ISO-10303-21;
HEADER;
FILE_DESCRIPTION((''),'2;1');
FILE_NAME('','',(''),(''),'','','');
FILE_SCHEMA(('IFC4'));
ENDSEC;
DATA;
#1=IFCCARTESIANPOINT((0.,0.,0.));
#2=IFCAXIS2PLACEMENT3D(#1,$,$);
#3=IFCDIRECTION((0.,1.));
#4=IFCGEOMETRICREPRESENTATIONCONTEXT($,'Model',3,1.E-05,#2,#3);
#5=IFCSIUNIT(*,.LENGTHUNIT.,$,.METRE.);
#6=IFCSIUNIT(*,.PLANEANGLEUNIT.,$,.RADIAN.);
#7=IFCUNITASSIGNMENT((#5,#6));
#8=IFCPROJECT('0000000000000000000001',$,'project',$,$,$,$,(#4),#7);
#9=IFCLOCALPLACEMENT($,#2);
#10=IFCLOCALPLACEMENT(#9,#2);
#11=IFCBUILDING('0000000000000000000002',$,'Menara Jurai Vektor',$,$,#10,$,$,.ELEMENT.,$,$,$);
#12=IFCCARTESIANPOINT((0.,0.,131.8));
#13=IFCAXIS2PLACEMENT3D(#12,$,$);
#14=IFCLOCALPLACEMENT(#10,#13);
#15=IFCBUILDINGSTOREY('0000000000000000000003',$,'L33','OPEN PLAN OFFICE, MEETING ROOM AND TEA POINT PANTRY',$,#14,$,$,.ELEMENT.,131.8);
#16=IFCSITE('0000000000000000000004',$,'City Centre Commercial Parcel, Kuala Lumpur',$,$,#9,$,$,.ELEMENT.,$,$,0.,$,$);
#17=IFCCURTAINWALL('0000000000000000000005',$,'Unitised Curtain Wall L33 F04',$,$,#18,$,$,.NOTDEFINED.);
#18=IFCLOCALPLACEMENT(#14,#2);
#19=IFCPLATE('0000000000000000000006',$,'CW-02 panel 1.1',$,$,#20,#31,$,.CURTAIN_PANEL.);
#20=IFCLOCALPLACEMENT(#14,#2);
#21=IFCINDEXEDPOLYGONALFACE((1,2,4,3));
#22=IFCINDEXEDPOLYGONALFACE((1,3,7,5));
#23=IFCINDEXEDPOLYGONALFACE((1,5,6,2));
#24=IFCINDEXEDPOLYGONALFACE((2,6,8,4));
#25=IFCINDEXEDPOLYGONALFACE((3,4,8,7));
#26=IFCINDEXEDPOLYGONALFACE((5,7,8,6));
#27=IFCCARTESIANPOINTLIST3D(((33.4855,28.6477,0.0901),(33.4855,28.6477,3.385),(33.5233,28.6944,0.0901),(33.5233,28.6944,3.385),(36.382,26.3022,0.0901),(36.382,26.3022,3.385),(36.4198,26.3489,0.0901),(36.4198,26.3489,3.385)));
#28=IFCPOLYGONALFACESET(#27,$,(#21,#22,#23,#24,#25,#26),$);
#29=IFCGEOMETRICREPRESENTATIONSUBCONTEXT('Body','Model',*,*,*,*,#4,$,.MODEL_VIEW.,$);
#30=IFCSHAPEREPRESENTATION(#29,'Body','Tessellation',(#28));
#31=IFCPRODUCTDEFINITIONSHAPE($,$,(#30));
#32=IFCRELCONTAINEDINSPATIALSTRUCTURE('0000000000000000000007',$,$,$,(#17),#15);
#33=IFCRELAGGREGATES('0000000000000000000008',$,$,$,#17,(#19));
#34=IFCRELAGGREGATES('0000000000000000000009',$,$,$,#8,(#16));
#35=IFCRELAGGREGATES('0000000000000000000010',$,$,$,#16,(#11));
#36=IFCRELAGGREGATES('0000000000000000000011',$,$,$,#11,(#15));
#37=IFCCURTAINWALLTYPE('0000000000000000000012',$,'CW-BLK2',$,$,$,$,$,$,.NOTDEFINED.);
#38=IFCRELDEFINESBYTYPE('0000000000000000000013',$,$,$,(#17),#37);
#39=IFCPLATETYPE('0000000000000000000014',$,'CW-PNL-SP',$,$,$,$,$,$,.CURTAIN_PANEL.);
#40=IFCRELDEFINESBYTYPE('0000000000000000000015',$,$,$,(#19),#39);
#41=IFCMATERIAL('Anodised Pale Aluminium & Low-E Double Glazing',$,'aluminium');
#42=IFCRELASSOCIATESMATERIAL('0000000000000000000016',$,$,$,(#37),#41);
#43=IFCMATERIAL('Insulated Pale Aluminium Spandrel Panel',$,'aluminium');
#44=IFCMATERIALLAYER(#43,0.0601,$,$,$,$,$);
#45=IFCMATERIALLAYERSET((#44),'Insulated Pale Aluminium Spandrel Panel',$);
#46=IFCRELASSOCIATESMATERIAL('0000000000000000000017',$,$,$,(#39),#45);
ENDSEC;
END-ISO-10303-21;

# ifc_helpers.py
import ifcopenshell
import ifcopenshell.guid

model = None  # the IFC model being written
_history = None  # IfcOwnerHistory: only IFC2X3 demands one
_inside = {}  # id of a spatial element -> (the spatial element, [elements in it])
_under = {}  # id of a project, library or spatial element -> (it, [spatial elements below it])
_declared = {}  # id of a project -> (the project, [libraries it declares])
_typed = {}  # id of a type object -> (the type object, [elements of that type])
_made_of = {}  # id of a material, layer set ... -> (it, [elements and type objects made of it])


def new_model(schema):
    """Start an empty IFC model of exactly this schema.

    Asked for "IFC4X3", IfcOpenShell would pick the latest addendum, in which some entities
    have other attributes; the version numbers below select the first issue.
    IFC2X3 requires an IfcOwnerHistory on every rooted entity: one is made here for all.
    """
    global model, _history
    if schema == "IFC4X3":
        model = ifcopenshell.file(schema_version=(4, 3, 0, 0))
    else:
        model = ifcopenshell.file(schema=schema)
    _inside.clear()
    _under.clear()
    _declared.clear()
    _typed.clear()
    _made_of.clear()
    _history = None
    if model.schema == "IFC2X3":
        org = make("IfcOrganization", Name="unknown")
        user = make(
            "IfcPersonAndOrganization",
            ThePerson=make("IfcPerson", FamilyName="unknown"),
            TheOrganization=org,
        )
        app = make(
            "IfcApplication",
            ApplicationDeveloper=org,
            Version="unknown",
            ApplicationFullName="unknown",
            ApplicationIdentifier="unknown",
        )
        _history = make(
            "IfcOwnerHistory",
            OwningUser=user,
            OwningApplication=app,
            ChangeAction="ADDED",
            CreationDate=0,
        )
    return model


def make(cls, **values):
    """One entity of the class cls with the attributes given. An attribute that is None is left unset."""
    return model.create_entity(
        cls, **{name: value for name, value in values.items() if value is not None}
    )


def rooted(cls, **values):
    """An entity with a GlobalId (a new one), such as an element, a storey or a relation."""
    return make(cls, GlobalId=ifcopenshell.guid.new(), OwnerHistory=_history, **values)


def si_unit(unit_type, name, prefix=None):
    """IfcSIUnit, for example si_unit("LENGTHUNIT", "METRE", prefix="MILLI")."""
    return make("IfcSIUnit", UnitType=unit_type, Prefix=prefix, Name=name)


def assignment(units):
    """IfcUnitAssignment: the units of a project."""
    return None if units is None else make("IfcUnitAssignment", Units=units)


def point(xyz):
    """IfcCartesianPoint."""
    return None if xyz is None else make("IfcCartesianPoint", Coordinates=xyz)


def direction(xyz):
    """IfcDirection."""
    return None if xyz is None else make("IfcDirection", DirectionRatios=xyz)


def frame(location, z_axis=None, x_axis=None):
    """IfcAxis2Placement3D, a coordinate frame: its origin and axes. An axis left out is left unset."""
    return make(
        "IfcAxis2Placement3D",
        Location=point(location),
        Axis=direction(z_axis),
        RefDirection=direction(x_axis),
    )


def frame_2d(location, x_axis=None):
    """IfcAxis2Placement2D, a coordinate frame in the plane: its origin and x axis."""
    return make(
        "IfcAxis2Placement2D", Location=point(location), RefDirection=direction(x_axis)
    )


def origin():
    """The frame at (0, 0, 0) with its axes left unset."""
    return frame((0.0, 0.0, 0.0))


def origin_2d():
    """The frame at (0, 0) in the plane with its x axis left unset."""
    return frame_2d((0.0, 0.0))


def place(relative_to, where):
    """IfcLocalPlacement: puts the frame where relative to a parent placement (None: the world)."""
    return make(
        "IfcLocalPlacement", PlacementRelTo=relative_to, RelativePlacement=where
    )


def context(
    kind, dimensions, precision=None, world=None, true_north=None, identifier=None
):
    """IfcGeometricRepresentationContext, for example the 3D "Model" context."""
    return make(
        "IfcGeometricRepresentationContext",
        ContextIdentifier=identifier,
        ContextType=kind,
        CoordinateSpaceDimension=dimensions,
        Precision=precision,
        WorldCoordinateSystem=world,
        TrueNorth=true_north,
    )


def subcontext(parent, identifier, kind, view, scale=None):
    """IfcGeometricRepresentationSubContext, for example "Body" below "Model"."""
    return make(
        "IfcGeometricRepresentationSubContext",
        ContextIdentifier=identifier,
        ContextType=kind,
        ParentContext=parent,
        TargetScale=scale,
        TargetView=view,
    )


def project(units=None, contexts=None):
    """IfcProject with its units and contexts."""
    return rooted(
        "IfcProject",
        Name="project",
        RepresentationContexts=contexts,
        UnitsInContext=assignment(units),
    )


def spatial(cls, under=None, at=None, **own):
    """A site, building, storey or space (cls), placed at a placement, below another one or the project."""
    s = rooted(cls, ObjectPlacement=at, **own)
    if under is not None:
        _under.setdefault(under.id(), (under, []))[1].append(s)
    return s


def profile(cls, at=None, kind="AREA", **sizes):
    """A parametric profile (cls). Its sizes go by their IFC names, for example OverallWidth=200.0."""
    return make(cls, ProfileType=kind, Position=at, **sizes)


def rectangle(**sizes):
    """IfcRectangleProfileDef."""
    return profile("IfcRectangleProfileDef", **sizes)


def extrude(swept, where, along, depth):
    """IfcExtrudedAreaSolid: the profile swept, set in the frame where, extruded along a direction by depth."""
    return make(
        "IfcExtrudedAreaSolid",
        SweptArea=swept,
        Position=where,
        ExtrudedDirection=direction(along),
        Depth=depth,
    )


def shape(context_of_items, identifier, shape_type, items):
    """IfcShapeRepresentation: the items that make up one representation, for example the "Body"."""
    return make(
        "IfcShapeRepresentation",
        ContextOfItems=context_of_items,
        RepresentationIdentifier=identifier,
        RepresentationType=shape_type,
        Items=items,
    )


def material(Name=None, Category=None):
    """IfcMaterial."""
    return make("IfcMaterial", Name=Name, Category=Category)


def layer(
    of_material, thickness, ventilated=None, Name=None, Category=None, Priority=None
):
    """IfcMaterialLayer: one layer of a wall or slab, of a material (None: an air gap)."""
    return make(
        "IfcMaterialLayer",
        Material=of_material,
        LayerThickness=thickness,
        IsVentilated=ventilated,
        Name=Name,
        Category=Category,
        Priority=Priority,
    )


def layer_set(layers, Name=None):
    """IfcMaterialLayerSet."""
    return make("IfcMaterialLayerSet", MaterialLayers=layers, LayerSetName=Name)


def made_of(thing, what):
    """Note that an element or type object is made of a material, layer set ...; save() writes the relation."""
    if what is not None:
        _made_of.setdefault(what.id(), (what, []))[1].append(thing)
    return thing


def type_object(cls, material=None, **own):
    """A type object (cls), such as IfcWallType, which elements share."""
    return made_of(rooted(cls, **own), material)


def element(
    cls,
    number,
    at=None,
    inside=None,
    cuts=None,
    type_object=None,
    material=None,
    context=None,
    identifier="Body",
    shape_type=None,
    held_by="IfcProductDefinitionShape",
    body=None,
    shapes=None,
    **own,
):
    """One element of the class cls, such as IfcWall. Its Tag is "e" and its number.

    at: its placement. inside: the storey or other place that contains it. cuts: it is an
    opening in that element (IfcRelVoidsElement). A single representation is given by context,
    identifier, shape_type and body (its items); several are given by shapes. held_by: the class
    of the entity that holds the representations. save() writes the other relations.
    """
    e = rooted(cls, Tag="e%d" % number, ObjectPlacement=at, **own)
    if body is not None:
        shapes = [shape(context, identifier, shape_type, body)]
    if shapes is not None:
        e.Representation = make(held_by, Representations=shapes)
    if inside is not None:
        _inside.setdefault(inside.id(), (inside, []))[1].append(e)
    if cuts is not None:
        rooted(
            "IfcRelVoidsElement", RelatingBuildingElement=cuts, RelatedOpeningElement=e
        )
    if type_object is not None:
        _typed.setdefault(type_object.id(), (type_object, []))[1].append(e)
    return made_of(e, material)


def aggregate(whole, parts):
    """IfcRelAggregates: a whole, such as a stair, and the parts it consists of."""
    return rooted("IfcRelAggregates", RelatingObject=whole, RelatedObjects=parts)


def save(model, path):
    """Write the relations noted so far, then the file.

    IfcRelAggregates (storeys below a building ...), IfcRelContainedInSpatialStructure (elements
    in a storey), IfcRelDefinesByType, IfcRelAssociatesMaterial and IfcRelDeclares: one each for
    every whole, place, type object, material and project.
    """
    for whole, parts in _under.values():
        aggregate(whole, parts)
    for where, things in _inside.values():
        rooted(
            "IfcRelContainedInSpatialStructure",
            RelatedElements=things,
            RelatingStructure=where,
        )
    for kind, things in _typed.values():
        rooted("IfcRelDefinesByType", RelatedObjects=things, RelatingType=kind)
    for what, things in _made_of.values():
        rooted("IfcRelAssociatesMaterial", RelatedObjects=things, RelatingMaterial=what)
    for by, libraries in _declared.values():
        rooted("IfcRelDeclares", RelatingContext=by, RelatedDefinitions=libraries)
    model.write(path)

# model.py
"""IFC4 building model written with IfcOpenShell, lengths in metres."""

from ifc_helpers import new_model, si_unit, direction, frame, origin, origin_2d, place, context, subcontext, project, spatial, rectangle, extrude, material, layer, layer_set, type_object, element, aggregate, save


model = new_model("IFC4")

# Units and contexts
model_context = context("Model", 3, precision=1e-05, world=origin(), true_north=direction((0.0, 1.0)))
body_context = subcontext(model_context, "Body", "Model", "MODEL_VIEW")
ifc_project = project(units=[si_unit("LENGTHUNIT", "METRE"), si_unit("PLANEANGLEUNIT", "RADIAN")], contexts=[model_context])

# Site, building, storey
site_placement = place(None, origin())
site = spatial("IfcSite", under=ifc_project, at=site_placement, Name="City Centre Commercial Parcel, Kuala Lumpur", CompositionType="ELEMENT", RefElevation=0.0)
building_placement = place(site_placement, origin())
building = spatial("IfcBuilding", under=site, at=building_placement, Name="Menara Jurai Vektor", CompositionType="ELEMENT")
storey_placement = place(building_placement, frame((0.0, 0.0, 131.8)))
storey = spatial("IfcBuildingStorey", under=building, at=storey_placement, Name="L33", Description="OPEN PLAN OFFICE, MEETING ROOM AND TEA POINT PANTRY", CompositionType="ELEMENT", Elevation=131.8)

# Shared definitions
ifc_material_1 = material(Name="Anodised Pale Aluminium & Low-E Double Glazing", Category="aluminium")
curtain_wall_type = type_object("IfcCurtainWallType", Name="CW-BLK2", PredefinedType="NOTDEFINED", material=ifc_material_1)

# Curtain wall
curtain_wall_1_placement = place(storey_placement, origin())
curtain_wall_1 = element("IfcCurtainWall", 1, at=curtain_wall_1_placement, inside=storey, type_object=curtain_wall_type, Name="Unitised Curtain Wall L33 F04", PredefinedType="NOTDEFINED")

# Plate
ifc_material_2 = material(Name="Insulated Pale Aluminium Spandrel Panel", Category="aluminium")
ifc_layer_1 = layer(ifc_material_2, 0.0601)
ifc_layer_set_1 = layer_set([ifc_layer_1], Name="Insulated Pale Aluminium Spandrel Panel")
plate_type_1 = type_object("IfcPlateType", Name="CW-PNL-SP", PredefinedType="CURTAIN_PANEL", material=ifc_layer_set_1)
plate_1_placement = place(storey_placement, frame((34.9526, 27.4983, 0.0901), z_axis=(0.0, 0.0, 1.0), x_axis=(-0.777152, 0.629313, 0.0)))
plate_1 = element("IfcPlate", 2, at=plate_1_placement, type_object=plate_type_1, Name="CW-02 panel 1.1", PredefinedType="CURTAIN_PANEL", context=body_context, shape_type="SweptSolid", body=[
    extrude(rectangle(XDim=3.7271, YDim=0.0601, at=origin_2d()), origin(), (0.0, 0.0, 1.0), 3.2949),
])
aggregate(curtain_wall_1, [plate_1])

save(model, "model.ifc")
